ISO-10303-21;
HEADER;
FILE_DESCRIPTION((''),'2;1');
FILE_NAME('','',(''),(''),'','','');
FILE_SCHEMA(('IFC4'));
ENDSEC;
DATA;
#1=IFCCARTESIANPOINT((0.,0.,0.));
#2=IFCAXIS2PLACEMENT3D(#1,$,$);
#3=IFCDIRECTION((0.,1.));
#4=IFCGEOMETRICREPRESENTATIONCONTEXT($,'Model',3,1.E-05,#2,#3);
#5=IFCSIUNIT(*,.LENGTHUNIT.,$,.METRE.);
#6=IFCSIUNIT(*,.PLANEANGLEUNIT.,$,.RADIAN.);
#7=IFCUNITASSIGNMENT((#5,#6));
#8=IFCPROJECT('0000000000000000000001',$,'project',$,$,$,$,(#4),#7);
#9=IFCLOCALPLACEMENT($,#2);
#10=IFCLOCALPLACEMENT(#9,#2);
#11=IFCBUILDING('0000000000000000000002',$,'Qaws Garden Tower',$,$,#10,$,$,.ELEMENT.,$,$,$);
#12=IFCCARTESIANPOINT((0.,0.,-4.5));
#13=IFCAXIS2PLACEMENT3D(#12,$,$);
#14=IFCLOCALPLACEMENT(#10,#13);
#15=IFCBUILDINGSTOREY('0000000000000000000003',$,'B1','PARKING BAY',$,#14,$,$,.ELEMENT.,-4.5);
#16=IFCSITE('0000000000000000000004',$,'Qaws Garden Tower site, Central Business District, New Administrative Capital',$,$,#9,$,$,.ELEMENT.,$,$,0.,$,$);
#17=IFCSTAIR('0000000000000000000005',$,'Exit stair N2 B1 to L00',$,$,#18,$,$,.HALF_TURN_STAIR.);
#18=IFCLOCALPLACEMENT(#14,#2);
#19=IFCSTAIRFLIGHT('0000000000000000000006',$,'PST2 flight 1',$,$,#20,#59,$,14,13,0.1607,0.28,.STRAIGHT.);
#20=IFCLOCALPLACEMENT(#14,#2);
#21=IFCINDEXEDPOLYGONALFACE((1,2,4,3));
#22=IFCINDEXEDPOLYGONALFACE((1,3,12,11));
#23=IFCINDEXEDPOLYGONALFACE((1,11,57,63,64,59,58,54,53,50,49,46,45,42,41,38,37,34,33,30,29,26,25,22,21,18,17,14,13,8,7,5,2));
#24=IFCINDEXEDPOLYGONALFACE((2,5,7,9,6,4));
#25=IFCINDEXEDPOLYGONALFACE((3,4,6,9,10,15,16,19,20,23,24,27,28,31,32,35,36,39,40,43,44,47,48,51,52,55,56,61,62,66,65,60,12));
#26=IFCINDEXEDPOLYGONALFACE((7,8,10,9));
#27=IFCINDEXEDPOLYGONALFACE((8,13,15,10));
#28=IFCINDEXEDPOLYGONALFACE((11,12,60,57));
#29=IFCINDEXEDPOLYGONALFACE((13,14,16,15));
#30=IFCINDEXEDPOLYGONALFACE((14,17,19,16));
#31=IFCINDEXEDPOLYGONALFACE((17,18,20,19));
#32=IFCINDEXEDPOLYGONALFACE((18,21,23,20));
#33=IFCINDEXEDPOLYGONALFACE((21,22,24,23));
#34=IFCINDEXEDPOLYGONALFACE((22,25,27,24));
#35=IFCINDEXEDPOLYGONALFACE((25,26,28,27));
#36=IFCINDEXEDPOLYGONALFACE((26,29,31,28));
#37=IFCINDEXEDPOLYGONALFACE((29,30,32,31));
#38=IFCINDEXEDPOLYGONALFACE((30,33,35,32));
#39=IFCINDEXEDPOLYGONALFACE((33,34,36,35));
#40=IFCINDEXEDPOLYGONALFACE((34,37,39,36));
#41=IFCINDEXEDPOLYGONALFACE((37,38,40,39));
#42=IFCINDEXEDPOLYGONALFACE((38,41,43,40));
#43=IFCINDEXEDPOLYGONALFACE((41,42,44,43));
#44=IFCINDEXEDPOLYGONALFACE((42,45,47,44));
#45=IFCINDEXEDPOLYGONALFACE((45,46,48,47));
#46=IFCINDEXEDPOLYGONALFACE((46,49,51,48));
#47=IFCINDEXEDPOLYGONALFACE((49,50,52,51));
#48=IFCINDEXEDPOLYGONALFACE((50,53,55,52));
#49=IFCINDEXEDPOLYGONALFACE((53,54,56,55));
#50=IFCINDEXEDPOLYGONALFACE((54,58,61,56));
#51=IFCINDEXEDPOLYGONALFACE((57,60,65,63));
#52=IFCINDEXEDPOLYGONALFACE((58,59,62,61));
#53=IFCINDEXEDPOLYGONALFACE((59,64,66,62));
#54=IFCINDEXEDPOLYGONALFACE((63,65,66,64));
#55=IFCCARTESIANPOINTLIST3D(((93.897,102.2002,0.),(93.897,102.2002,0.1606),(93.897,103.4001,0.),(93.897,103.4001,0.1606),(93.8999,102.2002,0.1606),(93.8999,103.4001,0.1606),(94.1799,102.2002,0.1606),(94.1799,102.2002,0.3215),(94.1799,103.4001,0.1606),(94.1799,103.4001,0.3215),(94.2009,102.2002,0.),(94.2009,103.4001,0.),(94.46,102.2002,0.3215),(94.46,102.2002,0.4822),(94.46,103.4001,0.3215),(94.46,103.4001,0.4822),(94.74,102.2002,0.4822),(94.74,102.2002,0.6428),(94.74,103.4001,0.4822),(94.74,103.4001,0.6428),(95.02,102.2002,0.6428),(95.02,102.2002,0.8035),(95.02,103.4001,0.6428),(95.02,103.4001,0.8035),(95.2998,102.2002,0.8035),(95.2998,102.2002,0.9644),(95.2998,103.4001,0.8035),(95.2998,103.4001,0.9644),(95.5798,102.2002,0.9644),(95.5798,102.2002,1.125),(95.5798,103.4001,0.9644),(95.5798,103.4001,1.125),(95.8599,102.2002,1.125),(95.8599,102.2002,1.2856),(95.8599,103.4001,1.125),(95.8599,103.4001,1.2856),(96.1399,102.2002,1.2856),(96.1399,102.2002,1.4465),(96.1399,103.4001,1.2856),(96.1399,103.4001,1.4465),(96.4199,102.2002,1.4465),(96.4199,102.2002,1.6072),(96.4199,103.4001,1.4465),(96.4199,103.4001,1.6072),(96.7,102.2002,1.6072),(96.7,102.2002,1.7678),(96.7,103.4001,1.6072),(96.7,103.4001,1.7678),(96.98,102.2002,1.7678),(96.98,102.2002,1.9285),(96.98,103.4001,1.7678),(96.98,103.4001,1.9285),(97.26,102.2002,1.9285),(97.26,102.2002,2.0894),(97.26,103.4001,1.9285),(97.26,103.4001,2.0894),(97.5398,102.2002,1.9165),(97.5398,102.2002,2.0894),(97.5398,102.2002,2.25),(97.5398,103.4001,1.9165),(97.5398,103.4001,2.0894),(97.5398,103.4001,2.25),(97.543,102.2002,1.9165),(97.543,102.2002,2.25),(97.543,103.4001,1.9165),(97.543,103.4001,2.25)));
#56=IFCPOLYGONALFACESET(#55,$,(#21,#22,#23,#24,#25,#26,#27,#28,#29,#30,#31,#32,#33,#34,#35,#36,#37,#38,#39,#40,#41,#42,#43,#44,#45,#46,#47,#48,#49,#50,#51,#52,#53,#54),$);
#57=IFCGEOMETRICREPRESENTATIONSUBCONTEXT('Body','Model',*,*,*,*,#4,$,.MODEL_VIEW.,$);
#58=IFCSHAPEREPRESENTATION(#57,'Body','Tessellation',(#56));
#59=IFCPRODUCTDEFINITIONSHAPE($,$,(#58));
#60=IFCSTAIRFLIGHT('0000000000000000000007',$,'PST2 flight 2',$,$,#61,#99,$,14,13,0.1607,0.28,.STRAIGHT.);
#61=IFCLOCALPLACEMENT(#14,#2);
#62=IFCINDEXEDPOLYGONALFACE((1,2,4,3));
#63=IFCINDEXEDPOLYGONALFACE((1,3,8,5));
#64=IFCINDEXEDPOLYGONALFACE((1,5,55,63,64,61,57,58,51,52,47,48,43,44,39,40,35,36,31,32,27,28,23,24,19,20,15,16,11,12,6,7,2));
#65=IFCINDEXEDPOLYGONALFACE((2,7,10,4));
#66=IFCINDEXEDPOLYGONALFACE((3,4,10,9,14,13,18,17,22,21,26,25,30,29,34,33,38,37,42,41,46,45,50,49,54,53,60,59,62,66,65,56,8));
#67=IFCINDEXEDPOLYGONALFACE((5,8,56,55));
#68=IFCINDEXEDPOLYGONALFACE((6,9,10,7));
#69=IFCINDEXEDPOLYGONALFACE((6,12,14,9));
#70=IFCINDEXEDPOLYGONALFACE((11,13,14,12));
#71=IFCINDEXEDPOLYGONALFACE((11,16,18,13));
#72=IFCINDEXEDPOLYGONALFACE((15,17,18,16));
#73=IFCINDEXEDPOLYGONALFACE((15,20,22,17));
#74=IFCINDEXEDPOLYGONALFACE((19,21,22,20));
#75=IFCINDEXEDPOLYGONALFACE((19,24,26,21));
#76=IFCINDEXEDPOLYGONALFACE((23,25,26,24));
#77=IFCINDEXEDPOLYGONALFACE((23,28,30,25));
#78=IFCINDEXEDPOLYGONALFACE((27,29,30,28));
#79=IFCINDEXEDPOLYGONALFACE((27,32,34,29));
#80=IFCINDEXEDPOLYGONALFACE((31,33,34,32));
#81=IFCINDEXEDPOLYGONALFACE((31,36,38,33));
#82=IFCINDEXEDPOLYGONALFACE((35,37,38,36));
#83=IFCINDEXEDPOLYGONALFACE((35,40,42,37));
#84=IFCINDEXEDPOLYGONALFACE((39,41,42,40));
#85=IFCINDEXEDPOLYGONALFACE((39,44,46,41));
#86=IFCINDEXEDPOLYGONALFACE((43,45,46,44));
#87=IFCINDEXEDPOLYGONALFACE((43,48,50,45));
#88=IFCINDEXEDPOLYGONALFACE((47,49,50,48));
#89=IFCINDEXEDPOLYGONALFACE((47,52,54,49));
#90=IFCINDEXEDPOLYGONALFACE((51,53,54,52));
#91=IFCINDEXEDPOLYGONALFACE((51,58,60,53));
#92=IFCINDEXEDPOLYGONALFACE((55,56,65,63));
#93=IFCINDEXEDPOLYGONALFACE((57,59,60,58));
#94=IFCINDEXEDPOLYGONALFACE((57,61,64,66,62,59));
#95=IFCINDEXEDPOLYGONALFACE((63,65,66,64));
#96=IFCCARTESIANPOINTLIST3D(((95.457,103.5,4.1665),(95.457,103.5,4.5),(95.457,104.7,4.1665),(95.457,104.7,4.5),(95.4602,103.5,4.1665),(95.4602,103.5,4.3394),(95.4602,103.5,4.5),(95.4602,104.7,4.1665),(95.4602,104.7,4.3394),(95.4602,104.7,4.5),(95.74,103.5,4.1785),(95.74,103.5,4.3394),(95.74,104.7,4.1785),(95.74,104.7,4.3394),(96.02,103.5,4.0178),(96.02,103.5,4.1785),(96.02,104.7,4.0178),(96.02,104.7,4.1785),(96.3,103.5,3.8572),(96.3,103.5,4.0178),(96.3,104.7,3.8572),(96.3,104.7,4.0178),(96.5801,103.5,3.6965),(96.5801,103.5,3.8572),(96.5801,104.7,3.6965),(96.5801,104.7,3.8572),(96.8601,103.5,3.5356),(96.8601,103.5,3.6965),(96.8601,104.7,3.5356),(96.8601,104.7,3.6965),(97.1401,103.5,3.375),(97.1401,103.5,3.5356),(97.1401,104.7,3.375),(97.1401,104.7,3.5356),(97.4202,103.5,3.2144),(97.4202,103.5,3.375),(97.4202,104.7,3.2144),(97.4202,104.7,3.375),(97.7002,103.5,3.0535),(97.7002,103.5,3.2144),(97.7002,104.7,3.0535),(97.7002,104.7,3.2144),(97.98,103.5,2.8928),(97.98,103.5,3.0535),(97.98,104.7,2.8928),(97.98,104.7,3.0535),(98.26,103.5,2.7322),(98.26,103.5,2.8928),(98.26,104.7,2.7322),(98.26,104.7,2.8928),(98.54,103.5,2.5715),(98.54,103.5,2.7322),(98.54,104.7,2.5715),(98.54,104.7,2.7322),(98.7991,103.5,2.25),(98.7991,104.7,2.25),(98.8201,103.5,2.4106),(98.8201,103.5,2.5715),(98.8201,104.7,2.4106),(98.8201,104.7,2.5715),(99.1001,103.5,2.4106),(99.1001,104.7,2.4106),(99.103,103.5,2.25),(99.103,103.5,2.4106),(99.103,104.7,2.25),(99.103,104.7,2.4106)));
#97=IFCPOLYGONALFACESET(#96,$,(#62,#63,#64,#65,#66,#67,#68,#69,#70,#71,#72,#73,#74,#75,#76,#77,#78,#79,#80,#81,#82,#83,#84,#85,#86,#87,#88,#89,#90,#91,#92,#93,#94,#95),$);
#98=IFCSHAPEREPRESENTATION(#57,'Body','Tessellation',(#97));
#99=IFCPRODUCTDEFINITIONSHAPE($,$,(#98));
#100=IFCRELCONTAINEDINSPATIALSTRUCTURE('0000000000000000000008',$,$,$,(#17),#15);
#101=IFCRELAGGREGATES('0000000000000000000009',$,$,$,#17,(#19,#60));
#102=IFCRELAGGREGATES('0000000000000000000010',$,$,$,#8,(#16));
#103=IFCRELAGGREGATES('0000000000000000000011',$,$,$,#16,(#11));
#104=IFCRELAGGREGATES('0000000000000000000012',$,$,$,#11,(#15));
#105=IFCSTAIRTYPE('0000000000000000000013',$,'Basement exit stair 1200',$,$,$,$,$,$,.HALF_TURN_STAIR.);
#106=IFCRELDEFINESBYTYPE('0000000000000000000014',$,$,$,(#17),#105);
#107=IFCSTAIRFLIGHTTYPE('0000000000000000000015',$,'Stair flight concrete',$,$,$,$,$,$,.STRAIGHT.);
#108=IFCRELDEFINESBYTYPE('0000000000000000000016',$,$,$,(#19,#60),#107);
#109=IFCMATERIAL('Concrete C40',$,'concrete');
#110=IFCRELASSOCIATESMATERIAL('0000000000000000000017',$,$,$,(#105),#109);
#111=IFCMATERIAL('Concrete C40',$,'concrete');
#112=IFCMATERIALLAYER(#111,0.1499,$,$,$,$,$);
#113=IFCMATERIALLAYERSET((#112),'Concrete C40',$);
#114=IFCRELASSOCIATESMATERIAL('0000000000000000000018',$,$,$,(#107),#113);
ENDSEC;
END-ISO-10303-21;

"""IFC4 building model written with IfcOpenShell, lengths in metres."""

from ifc_helpers import new_model, si_unit, direction, frame, origin, place, context, subcontext, project, spatial, polyline, outline, extrude, material, layer, layer_set, type_object, element, aggregate, save


model = new_model("IFC4")

# Units and contexts
model_context = context("Model", 3, precision=1e-05, world=origin(), true_north=direction((0.0, 1.0)))
body_context = subcontext(model_context, "Body", "Model", "MODEL_VIEW")
ifc_project = project(units=[si_unit("LENGTHUNIT", "METRE"), si_unit("PLANEANGLEUNIT", "RADIAN")], contexts=[model_context])

# Site, building, storey
site_placement = place(None, origin())
site = spatial("IfcSite", under=ifc_project, at=site_placement, Name="Qaws Garden Tower site, Central Business District, New Administrative Capital", CompositionType="ELEMENT", RefElevation=0.0)
building_placement = place(site_placement, origin())
building = spatial("IfcBuilding", under=site, at=building_placement, Name="Qaws Garden Tower", CompositionType="ELEMENT")
storey_placement = place(building_placement, frame((0.0, 0.0, -4.5)))
storey = spatial("IfcBuildingStorey", under=building, at=storey_placement, Name="B1", Description="PARKING BAY", CompositionType="ELEMENT", Elevation=-4.5)

# Stair, stair flights
ifc_material_1 = material(Name="Concrete C40", Category="concrete")
stair_type = type_object("IfcStairType", Name="Basement exit stair 1200", PredefinedType="HALF_TURN_STAIR", material=ifc_material_1)
stair_placement = place(storey_placement, origin())
stair = element("IfcStair", 1, at=stair_placement, inside=storey, type_object=stair_type, Name="Exit stair N2 B1 to L00", PredefinedType="HALF_TURN_STAIR")
ifc_material_2 = material(Name="Concrete C40", Category="concrete")
ifc_layer_1 = layer(ifc_material_2, 0.1499)
ifc_layer_set_1 = layer_set([ifc_layer_1], Name="Concrete C40")
stair_flight_type = type_object("IfcStairFlightType", Name="Stair flight concrete", PredefinedType="STRAIGHT", material=ifc_layer_set_1)
stair_flight_1_placement = place(storey_placement, frame((93.8999, 102.8, 0.0), z_axis=(0.0, 0.0, 1.0), x_axis=(1.0, 0.0, 0.0)))
stair_flight_1 = element("IfcStairFlight", 2, at=stair_flight_1_placement, type_object=stair_flight_type, Name="PST2 flight 1", NumberOfRisers=14, NumberOfTreads=13, PredefinedType="STRAIGHT", RiserHeight=0.1607, TreadLength=0.28, context=body_context, shape_type="SweptSolid", body=[
    extrude(outline(polyline([(-0.0029, 0.0), (-0.0029, 0.1606), (0.0, 0.1606), (0.28, 0.1606), (0.28, 0.3215), (0.5601, 0.3215), (0.5601, 0.4822), (0.8401, 0.4822), (0.8401, 0.6428), (1.1201, 0.6428), (1.1201, 0.8035), (1.3999, 0.8035), (1.3999, 0.9644), (1.6799, 0.9644), (1.6799, 1.125), (1.96, 1.125), (1.96, 1.2856), (2.24, 1.2856), (2.24, 1.4465), (2.52, 1.4465), (2.52, 1.6072), (2.8, 1.6072), (2.8, 1.7678), (3.0801, 1.7678), (3.0801, 1.9285), (3.3601, 1.9285), (3.3601, 2.0894), (3.6399, 2.0894), (3.6399, 2.25), (3.6431, 2.25), (3.6431, 1.9165), (3.6399, 1.9165), (0.301, 0.0), (-0.0029, 0.0)])), frame((0.0, 0.6001, 0.0), z_axis=(0.0, -1.0, 0.0), x_axis=(1.0, 0.0, 0.0)), (0.0, 0.0, 1.0), 1.2),
])
stair_flight_2_placement = place(storey_placement, frame((99.1001, 104.1001, 2.25), z_axis=(0.0, 0.0, 1.0), x_axis=(-1.0, 0.0, 0.0)))
stair_flight_2 = element("IfcStairFlight", 3, at=stair_flight_2_placement, type_object=stair_flight_type, Name="PST2 flight 2", NumberOfRisers=14, NumberOfTreads=13, PredefinedType="STRAIGHT", RiserHeight=0.1607, TreadLength=0.28, context=body_context, shape_type="SweptSolid", body=[
    extrude(outline(polyline([(-0.0029, 0.0), (-0.0029, 0.1606), (0.0, 0.1606), (0.28, 0.1606), (0.28, 0.3215), (0.5601, 0.3215), (0.5601, 0.4822), (0.8401, 0.4822), (0.8401, 0.6428), (1.1201, 0.6428), (1.1201, 0.8035), (1.3999, 0.8035), (1.3999, 0.9644), (1.6799, 0.9644), (1.6799, 1.125), (1.96, 1.125), (1.96, 1.2856), (2.24, 1.2856), (2.24, 1.4465), (2.52, 1.4465), (2.52, 1.6072), (2.8, 1.6072), (2.8, 1.7678), (3.0801, 1.7678), (3.0801, 1.9285), (3.3601, 1.9285), (3.3601, 2.0894), (3.6399, 2.0894), (3.6399, 2.25), (3.6431, 2.25), (3.6431, 1.9165), (3.6399, 1.9165), (0.301, 0.0), (-0.0029, 0.0)])), frame((0.0, 0.6001, 0.0), z_axis=(0.0, -1.0, 0.0), x_axis=(1.0, 0.0, 0.0)), (0.0, 0.0, 1.0), 1.2),
])
aggregate(stair, [stair_flight_1, stair_flight_2])

save(model, "model.ifc")
